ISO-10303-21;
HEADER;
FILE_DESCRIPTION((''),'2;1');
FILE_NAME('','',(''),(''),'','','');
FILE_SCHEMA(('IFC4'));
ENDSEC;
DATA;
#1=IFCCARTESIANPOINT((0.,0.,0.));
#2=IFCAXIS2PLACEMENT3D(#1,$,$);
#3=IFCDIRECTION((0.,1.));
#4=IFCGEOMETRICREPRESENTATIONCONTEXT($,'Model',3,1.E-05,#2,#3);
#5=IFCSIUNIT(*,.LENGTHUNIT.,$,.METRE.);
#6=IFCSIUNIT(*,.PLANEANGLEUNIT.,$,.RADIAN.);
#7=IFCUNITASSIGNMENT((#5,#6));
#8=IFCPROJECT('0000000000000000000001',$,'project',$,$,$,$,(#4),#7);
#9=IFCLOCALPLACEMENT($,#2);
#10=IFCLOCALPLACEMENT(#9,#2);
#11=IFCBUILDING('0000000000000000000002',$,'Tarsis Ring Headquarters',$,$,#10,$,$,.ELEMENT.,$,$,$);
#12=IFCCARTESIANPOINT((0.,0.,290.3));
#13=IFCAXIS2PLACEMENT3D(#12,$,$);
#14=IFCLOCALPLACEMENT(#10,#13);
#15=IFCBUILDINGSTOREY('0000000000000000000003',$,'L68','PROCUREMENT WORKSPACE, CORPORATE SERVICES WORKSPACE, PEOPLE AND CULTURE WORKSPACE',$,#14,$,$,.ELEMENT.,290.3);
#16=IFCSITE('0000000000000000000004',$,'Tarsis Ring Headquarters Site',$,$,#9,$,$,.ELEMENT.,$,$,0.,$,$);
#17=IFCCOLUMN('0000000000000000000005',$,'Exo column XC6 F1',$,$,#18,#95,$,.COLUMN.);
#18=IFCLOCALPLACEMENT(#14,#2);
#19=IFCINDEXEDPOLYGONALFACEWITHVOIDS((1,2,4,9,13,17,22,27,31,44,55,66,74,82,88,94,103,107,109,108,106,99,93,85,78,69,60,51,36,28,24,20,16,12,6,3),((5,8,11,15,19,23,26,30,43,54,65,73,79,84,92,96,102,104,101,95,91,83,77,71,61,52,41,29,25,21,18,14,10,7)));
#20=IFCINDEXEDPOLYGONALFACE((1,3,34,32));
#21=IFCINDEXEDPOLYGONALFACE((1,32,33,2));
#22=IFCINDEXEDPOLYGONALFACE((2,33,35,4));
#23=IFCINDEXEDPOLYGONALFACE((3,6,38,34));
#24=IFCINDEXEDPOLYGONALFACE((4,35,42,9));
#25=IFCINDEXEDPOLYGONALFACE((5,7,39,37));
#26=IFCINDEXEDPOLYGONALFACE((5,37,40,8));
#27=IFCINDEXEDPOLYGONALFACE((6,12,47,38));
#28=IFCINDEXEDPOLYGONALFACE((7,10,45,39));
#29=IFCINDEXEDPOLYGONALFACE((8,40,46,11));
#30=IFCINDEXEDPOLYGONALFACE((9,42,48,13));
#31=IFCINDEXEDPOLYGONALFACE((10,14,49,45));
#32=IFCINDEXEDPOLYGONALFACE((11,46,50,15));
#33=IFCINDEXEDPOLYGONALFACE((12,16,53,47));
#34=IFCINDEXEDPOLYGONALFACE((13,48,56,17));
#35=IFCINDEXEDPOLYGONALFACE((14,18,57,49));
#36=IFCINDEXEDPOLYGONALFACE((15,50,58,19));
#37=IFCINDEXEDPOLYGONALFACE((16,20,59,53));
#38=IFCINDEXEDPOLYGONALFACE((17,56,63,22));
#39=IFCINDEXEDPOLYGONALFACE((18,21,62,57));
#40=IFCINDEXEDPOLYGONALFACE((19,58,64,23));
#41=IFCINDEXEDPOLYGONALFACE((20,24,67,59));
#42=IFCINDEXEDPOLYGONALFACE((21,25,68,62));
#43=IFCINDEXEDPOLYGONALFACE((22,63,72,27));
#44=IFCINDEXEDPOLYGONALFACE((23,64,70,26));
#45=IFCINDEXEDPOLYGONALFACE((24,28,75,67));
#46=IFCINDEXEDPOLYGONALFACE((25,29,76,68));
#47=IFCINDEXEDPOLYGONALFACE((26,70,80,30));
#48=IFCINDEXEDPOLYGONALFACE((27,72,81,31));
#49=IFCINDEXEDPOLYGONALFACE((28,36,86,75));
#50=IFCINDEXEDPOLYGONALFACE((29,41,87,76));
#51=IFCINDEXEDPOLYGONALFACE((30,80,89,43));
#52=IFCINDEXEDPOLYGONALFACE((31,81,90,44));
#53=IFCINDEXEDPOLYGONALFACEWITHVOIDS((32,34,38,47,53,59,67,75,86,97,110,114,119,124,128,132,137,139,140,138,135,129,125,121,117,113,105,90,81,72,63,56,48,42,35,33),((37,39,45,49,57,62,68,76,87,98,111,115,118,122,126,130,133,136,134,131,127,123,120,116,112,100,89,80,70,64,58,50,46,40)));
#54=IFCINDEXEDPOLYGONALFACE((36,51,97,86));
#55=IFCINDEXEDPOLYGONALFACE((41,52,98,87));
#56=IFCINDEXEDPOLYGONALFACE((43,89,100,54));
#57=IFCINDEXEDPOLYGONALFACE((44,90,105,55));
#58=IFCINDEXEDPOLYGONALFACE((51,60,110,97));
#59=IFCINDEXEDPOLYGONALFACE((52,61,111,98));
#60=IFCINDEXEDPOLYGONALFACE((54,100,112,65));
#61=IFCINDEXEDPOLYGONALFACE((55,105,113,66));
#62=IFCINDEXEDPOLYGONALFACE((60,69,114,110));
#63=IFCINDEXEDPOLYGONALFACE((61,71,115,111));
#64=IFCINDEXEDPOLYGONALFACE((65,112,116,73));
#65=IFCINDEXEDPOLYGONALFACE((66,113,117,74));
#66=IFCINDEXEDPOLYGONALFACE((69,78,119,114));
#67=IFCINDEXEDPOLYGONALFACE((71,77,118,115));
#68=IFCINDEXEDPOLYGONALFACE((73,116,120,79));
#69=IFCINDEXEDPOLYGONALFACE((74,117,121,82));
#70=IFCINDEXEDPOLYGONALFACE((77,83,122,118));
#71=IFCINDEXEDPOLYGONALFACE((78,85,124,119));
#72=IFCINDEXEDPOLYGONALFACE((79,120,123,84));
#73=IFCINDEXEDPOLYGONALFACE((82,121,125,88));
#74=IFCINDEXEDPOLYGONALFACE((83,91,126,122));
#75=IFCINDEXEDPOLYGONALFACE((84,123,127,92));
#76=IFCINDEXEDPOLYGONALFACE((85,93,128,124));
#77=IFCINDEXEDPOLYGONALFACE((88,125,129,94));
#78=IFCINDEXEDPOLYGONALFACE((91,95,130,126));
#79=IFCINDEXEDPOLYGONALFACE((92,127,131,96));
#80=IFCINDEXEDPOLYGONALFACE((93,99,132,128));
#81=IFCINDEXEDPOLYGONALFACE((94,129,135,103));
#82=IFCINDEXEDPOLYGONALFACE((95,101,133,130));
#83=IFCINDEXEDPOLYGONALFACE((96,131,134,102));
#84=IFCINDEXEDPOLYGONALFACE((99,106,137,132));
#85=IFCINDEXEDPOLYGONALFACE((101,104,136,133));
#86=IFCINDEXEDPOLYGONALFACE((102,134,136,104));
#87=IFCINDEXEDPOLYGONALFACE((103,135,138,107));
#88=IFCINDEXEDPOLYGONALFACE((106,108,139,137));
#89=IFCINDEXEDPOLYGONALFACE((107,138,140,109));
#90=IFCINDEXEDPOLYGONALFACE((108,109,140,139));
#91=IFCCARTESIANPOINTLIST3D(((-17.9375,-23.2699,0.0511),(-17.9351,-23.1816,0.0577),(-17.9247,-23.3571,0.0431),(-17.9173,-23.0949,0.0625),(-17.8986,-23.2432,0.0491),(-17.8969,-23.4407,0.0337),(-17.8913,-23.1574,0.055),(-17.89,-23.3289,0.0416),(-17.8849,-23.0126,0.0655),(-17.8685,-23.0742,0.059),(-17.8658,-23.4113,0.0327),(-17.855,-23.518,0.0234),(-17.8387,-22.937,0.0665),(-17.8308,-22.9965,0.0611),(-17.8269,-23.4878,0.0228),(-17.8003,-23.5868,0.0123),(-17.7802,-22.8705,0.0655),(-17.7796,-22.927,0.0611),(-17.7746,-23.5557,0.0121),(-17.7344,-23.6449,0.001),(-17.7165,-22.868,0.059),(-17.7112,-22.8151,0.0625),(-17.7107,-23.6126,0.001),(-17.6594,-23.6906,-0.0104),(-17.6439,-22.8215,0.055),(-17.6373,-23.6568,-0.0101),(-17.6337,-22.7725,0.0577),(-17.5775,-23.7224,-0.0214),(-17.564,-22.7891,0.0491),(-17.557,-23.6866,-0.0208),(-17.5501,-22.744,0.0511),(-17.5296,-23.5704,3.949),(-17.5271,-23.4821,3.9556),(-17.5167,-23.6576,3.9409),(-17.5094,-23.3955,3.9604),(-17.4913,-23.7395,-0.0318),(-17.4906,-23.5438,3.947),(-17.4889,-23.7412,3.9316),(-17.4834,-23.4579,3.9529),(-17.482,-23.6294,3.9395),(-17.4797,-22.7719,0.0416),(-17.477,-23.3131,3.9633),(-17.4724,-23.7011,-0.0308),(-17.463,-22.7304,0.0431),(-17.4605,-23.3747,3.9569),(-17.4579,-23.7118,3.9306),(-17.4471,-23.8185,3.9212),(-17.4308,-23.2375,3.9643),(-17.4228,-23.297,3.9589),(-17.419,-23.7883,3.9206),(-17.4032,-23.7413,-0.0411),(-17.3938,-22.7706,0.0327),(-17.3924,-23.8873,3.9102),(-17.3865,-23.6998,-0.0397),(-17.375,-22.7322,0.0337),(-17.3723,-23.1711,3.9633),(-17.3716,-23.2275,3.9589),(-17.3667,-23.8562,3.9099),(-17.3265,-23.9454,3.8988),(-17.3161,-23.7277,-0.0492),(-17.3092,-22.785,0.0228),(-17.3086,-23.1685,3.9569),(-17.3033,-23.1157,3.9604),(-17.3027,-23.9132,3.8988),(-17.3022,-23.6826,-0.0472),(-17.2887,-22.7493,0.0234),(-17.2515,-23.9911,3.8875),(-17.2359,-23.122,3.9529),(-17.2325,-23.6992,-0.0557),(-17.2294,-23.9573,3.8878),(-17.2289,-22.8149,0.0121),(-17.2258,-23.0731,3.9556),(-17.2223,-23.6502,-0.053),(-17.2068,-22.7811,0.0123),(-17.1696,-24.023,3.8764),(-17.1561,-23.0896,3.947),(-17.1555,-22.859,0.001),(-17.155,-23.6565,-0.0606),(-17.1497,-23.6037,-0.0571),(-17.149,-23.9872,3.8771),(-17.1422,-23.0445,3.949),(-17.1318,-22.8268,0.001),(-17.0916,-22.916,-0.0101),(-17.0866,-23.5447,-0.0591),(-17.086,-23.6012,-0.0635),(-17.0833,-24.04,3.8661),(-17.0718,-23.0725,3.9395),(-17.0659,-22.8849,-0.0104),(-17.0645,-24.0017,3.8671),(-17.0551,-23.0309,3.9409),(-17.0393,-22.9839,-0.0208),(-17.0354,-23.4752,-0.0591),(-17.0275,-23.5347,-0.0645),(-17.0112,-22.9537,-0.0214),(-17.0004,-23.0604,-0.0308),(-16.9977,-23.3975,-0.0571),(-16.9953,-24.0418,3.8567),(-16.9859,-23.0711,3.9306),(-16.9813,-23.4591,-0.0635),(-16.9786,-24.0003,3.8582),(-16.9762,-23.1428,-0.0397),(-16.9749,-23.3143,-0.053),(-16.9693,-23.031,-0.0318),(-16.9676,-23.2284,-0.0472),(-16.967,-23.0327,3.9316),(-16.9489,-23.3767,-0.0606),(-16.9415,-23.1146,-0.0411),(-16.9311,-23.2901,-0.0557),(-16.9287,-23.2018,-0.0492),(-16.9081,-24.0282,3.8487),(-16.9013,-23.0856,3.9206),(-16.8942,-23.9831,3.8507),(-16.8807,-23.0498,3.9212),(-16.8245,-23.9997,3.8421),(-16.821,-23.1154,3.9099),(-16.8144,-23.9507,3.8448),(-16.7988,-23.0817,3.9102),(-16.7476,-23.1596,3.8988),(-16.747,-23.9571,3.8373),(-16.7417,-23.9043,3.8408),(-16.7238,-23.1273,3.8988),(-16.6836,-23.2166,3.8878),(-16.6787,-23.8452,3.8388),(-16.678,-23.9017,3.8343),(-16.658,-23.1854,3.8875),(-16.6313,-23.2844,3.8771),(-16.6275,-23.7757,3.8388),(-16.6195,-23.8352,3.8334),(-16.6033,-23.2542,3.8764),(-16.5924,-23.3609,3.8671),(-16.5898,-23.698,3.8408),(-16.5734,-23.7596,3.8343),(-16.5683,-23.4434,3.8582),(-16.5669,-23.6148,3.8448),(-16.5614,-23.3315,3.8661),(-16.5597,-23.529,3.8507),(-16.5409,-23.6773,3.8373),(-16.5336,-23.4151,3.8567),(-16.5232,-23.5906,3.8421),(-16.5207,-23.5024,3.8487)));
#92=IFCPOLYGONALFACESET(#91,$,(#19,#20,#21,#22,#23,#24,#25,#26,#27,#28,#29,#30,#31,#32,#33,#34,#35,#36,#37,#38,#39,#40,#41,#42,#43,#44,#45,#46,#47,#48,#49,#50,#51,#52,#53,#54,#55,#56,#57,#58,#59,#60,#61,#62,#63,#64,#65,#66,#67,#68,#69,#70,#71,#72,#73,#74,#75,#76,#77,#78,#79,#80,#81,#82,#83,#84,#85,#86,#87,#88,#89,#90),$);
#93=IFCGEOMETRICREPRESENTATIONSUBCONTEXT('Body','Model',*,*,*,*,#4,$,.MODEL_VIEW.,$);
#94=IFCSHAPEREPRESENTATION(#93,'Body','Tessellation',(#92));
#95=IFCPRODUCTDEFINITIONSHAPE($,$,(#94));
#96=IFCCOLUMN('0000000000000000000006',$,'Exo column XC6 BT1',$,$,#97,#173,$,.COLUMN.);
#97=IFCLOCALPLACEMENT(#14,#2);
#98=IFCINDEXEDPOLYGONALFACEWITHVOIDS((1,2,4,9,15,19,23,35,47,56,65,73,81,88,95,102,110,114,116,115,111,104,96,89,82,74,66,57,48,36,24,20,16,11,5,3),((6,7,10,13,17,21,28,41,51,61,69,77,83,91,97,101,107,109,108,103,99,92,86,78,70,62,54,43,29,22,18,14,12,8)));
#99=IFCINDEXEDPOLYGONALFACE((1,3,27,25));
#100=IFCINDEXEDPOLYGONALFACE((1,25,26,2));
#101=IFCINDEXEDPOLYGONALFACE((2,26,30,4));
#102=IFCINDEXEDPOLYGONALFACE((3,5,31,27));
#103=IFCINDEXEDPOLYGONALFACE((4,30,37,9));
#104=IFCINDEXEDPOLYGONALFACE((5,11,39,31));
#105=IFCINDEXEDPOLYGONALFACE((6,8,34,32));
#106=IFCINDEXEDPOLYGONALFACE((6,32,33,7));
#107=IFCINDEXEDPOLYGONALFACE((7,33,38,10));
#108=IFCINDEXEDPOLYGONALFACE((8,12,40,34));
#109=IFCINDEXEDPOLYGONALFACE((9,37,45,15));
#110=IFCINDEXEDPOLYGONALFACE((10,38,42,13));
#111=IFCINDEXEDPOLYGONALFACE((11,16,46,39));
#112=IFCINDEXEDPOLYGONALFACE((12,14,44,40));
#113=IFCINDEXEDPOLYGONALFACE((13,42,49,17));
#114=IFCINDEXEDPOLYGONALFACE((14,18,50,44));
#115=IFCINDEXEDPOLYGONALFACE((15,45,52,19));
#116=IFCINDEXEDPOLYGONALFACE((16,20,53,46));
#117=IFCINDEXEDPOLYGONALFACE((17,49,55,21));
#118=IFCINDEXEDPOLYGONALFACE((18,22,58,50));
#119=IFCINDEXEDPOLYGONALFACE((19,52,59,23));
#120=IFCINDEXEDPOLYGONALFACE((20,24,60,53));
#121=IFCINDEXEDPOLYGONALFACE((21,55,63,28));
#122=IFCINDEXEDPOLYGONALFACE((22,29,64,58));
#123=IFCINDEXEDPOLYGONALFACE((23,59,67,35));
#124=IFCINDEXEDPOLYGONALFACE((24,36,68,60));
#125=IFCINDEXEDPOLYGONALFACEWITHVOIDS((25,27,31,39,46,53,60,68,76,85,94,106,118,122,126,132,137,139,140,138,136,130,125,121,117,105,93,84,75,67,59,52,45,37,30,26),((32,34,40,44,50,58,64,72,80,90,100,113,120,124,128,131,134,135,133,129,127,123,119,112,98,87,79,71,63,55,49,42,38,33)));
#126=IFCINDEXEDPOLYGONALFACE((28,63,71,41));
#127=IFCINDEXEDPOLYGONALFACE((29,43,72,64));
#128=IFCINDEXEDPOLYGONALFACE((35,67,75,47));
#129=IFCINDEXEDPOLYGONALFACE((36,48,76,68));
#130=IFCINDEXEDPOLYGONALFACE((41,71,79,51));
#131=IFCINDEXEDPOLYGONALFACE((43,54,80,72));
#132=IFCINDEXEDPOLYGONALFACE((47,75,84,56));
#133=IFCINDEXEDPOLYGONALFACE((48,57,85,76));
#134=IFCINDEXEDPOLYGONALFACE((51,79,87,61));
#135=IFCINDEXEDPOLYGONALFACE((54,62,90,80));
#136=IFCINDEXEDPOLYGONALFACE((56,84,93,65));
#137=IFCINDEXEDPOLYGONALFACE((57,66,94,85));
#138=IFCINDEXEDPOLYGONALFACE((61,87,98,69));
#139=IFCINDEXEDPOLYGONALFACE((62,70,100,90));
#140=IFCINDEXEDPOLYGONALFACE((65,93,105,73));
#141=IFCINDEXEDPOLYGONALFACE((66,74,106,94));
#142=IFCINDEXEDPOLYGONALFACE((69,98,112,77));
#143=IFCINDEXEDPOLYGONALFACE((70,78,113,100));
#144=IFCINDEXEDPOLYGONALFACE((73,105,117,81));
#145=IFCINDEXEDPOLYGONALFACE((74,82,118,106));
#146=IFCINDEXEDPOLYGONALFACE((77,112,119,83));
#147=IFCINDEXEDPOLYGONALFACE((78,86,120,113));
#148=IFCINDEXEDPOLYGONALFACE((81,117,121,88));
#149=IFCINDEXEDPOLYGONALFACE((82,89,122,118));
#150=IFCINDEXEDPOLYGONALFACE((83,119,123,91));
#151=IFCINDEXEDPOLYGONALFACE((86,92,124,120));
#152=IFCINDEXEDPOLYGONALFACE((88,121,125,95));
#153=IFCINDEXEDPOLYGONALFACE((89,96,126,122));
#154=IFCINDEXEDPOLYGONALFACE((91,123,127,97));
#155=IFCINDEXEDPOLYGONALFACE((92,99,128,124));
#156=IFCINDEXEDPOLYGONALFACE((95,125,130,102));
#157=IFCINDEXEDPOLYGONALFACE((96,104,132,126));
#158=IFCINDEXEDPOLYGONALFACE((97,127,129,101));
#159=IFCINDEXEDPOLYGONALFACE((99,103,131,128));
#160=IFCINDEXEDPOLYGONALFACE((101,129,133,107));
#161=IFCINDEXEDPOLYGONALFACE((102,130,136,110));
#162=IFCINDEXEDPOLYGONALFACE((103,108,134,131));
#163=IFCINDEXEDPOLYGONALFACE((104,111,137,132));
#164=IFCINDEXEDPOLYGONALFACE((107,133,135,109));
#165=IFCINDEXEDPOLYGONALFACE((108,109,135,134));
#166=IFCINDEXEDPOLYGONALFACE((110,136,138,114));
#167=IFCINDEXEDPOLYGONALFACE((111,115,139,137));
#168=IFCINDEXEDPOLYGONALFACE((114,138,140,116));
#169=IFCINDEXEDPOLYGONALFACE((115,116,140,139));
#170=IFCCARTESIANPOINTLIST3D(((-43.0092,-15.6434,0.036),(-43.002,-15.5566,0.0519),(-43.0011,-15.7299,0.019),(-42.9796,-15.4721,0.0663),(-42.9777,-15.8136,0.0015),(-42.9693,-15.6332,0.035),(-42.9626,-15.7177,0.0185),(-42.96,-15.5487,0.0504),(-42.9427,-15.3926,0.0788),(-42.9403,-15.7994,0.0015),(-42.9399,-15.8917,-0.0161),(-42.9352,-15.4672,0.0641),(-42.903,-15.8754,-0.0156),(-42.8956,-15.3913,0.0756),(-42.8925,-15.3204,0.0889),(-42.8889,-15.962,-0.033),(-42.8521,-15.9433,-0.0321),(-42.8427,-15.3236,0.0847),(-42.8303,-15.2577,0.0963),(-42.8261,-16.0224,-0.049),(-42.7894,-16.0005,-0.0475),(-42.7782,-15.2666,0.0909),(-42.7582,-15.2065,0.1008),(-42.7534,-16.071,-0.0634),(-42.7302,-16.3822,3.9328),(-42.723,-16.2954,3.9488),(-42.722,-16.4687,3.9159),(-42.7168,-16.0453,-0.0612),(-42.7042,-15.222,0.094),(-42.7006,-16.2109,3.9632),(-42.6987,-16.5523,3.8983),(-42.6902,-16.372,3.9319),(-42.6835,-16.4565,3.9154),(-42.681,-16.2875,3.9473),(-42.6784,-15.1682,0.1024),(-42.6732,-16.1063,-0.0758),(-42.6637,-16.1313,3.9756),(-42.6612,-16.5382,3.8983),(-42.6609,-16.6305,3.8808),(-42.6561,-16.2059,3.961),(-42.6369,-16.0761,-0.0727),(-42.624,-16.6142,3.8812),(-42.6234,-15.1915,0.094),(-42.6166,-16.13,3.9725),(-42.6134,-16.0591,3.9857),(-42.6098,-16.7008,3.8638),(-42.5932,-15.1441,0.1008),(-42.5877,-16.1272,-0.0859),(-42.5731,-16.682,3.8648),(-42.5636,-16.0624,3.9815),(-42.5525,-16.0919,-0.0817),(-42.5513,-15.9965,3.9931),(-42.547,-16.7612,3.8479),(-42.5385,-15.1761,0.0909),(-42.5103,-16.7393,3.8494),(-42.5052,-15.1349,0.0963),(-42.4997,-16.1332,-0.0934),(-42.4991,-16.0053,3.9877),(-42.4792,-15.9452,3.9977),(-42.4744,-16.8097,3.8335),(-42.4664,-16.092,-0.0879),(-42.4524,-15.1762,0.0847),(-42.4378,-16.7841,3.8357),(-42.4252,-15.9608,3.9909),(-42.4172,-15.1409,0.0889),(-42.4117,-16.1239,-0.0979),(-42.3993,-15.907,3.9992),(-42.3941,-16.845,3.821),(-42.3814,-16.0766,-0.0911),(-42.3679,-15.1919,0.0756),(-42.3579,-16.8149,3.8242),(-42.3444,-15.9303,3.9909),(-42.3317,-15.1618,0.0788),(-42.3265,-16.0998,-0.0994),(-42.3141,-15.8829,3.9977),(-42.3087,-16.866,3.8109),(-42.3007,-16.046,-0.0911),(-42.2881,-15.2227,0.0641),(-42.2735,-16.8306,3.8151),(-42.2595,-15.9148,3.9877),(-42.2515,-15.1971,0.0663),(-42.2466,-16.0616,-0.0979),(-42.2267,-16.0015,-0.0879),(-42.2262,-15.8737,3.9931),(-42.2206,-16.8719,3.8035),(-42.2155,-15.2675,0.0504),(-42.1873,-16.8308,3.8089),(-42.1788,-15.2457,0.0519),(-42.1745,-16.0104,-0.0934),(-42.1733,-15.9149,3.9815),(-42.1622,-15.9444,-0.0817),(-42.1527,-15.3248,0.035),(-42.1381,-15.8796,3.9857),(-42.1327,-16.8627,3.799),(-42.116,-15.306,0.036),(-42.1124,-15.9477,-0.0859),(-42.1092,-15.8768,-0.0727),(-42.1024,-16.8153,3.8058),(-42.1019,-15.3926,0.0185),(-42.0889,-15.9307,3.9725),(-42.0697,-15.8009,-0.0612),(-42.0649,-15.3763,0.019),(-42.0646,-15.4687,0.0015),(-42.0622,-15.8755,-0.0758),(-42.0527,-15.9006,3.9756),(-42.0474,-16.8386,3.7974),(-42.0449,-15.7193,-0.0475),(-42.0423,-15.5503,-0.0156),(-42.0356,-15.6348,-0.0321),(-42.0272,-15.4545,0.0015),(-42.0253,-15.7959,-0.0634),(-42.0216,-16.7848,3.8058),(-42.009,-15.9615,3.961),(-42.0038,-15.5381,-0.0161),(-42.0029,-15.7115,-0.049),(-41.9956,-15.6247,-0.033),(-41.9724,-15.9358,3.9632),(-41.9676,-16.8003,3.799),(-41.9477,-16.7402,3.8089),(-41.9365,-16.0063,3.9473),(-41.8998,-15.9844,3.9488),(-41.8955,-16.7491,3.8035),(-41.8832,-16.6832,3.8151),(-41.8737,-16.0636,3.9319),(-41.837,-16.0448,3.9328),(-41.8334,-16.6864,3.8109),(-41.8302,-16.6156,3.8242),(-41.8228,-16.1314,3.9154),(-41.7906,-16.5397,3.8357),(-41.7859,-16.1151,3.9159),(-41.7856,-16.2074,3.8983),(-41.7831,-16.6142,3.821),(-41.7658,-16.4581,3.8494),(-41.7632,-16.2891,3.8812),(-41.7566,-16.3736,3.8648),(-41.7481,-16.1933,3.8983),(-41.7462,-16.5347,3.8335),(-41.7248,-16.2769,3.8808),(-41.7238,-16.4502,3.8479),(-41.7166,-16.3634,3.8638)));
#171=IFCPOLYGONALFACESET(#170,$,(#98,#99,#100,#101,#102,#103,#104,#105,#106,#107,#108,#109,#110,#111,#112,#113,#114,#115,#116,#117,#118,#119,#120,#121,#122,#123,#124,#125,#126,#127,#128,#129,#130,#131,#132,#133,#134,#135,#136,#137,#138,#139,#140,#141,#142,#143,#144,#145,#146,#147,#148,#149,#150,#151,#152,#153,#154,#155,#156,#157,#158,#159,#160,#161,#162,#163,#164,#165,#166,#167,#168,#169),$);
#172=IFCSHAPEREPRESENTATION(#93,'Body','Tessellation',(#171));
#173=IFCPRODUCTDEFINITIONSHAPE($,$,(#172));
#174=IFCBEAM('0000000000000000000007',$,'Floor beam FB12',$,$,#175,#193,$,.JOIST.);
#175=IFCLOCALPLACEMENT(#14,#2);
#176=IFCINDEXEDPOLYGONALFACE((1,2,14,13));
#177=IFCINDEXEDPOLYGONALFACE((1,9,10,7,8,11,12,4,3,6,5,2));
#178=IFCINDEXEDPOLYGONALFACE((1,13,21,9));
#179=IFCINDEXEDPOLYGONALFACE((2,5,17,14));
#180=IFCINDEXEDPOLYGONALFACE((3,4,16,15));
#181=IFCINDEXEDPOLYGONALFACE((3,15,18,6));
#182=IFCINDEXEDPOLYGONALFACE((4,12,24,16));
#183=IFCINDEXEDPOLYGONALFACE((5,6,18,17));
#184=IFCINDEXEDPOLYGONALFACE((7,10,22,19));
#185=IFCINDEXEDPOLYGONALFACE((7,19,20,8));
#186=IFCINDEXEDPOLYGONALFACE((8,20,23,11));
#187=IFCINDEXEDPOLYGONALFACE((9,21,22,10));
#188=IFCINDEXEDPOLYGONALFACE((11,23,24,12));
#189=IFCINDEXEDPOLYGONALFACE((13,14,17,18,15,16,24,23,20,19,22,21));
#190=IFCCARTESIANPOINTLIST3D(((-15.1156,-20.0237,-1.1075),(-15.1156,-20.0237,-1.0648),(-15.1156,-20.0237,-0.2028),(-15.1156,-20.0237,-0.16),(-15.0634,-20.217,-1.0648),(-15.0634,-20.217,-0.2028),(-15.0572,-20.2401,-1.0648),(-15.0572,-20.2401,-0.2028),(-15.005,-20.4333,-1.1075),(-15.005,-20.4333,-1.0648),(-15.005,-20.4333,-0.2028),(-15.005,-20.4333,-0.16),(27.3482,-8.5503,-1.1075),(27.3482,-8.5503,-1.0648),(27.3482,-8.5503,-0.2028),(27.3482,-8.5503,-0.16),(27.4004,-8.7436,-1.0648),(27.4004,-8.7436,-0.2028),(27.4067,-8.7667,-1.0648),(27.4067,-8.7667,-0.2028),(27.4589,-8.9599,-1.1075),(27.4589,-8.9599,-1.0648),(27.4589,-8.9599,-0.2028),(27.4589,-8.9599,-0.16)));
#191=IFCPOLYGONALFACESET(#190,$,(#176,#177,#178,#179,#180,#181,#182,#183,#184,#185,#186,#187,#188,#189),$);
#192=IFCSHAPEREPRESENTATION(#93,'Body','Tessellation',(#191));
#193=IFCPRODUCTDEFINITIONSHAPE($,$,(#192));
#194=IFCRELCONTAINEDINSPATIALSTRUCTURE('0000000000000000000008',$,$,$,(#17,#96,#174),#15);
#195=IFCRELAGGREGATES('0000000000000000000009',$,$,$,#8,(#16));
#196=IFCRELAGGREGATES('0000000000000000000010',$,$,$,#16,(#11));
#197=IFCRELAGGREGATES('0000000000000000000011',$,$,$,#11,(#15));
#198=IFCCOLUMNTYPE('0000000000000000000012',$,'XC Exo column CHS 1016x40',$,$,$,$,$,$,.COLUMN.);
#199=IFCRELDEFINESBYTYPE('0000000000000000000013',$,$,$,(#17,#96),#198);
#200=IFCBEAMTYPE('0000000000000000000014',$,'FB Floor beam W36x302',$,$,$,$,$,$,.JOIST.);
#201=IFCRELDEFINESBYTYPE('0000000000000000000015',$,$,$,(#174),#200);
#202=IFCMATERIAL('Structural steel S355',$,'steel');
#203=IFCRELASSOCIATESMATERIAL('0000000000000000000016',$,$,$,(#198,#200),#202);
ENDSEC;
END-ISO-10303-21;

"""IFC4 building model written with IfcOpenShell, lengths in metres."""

from ifc_helpers import new_model, si_unit, direction, frame, origin, origin_2d, place, context, subcontext, project, spatial, hollow_circle, i_section, extrude, material, material_profile, profile_set, type_object, element, save


model = new_model("IFC4")

# Units and contexts
model_context = context("Model", 3, precision=1e-05, world=origin(), true_north=direction((0.0, 1.0)))
body_context = subcontext(model_context, "Body", "Model", "MODEL_VIEW")
ifc_project = project(units=[si_unit("LENGTHUNIT", "METRE"), si_unit("PLANEANGLEUNIT", "RADIAN")], contexts=[model_context])

# Site, building, storey
site_placement = place(None, origin())
site = spatial("IfcSite", under=ifc_project, at=site_placement, Name="Tarsis Ring Headquarters Site", CompositionType="ELEMENT", RefElevation=0.0)
building_placement = place(site_placement, origin())
building = spatial("IfcBuilding", under=site, at=building_placement, Name="Tarsis Ring Headquarters", CompositionType="ELEMENT")
storey_placement = place(building_placement, frame((0.0, 0.0, 290.3)))
storey = spatial("IfcBuildingStorey", under=building, at=storey_placement, Name="L68", Description="PROCUREMENT WORKSPACE, CORPORATE SERVICES WORKSPACE, PEOPLE AND CULTURE WORKSPACE", CompositionType="ELEMENT", Elevation=290.3)

# Columns
ifc_material_1 = material(Name="Structural steel S355", Category="steel")
ifc_material_profile_1 = material_profile(ifc_material_1, hollow_circle(Radius=0.5081, WallThickness=0.04, at=origin_2d()), Name="CHS 1016x40")
ifc_profile_set_1 = profile_set([ifc_material_profile_1], Name="Structural steel S355")
column_type = type_object("IfcColumnType", Name="XC Exo column CHS 1016x40", PredefinedType="COLUMN", material=ifc_profile_set_1)
column_1_placement = place(storey_placement, frame((-17.4331, -23.2358, 0.001), z_axis=(0.103787, -0.076458, 0.991656), x_axis=(0.593117, 0.805116, 0.0)))
element("IfcColumn", 1, at=column_1_placement, inside=storey, type_object=column_type, Name="Exo column XC6 F1", PredefinedType="COLUMN", context=body_context, shape_type="SweptSolid", body=[
    extrude(hollow_circle(Radius=0.5081, WallThickness=0.04, at=origin_2d()), origin(), (0.0, 0.0, 1.0), 3.9307),
])
column_2_placement = place(storey_placement, frame((-42.5024, -15.634, 0.0015), z_axis=(0.070181, -0.185799, 0.980078), x_axis=(0.935488, 0.353358, 0.0)))
element("IfcColumn", 2, at=column_2_placement, inside=storey, type_object=column_type, Name="Exo column XC6 BT1", PredefinedType="COLUMN", context=body_context, shape_type="SweptSolid", body=[
    extrude(hollow_circle(Radius=0.5081, WallThickness=0.04, at=origin_2d()), origin(), (0.0, 0.0, 1.0), 3.9761),
])

# Beam
ifc_material_profile_2 = material_profile(ifc_material_1, i_section(OverallWidth=0.4243, OverallDepth=0.9475, WebThickness=0.0239, FlangeThickness=0.0427, at=origin_2d()), Name="W36x302")
ifc_profile_set_2 = profile_set([ifc_material_profile_2], Name="Structural steel S355")
beam_type_1 = type_object("IfcBeamType", Name="FB Floor beam W36x302", PredefinedType="JOIST", material=ifc_profile_set_2)
beam_1_placement = place(storey_placement, frame((-15.0603, -20.2285, -0.6338), z_axis=(0.965382, 0.260838, 0.0), x_axis=(-0.260838, 0.965382, 0.0)))
element("IfcBeam", 3, at=beam_1_placement, inside=storey, type_object=beam_type_1, Name="Floor beam FB12", PredefinedType="JOIST", context=body_context, shape_type="SweptSolid", body=[
    extrude(i_section(OverallWidth=0.4243, OverallDepth=0.9475, WebThickness=0.0239, FlangeThickness=0.0427, at=origin_2d()), origin(), (0.0, 0.0, 1.0), 43.9866),
])

save(model, "model.ifc")
